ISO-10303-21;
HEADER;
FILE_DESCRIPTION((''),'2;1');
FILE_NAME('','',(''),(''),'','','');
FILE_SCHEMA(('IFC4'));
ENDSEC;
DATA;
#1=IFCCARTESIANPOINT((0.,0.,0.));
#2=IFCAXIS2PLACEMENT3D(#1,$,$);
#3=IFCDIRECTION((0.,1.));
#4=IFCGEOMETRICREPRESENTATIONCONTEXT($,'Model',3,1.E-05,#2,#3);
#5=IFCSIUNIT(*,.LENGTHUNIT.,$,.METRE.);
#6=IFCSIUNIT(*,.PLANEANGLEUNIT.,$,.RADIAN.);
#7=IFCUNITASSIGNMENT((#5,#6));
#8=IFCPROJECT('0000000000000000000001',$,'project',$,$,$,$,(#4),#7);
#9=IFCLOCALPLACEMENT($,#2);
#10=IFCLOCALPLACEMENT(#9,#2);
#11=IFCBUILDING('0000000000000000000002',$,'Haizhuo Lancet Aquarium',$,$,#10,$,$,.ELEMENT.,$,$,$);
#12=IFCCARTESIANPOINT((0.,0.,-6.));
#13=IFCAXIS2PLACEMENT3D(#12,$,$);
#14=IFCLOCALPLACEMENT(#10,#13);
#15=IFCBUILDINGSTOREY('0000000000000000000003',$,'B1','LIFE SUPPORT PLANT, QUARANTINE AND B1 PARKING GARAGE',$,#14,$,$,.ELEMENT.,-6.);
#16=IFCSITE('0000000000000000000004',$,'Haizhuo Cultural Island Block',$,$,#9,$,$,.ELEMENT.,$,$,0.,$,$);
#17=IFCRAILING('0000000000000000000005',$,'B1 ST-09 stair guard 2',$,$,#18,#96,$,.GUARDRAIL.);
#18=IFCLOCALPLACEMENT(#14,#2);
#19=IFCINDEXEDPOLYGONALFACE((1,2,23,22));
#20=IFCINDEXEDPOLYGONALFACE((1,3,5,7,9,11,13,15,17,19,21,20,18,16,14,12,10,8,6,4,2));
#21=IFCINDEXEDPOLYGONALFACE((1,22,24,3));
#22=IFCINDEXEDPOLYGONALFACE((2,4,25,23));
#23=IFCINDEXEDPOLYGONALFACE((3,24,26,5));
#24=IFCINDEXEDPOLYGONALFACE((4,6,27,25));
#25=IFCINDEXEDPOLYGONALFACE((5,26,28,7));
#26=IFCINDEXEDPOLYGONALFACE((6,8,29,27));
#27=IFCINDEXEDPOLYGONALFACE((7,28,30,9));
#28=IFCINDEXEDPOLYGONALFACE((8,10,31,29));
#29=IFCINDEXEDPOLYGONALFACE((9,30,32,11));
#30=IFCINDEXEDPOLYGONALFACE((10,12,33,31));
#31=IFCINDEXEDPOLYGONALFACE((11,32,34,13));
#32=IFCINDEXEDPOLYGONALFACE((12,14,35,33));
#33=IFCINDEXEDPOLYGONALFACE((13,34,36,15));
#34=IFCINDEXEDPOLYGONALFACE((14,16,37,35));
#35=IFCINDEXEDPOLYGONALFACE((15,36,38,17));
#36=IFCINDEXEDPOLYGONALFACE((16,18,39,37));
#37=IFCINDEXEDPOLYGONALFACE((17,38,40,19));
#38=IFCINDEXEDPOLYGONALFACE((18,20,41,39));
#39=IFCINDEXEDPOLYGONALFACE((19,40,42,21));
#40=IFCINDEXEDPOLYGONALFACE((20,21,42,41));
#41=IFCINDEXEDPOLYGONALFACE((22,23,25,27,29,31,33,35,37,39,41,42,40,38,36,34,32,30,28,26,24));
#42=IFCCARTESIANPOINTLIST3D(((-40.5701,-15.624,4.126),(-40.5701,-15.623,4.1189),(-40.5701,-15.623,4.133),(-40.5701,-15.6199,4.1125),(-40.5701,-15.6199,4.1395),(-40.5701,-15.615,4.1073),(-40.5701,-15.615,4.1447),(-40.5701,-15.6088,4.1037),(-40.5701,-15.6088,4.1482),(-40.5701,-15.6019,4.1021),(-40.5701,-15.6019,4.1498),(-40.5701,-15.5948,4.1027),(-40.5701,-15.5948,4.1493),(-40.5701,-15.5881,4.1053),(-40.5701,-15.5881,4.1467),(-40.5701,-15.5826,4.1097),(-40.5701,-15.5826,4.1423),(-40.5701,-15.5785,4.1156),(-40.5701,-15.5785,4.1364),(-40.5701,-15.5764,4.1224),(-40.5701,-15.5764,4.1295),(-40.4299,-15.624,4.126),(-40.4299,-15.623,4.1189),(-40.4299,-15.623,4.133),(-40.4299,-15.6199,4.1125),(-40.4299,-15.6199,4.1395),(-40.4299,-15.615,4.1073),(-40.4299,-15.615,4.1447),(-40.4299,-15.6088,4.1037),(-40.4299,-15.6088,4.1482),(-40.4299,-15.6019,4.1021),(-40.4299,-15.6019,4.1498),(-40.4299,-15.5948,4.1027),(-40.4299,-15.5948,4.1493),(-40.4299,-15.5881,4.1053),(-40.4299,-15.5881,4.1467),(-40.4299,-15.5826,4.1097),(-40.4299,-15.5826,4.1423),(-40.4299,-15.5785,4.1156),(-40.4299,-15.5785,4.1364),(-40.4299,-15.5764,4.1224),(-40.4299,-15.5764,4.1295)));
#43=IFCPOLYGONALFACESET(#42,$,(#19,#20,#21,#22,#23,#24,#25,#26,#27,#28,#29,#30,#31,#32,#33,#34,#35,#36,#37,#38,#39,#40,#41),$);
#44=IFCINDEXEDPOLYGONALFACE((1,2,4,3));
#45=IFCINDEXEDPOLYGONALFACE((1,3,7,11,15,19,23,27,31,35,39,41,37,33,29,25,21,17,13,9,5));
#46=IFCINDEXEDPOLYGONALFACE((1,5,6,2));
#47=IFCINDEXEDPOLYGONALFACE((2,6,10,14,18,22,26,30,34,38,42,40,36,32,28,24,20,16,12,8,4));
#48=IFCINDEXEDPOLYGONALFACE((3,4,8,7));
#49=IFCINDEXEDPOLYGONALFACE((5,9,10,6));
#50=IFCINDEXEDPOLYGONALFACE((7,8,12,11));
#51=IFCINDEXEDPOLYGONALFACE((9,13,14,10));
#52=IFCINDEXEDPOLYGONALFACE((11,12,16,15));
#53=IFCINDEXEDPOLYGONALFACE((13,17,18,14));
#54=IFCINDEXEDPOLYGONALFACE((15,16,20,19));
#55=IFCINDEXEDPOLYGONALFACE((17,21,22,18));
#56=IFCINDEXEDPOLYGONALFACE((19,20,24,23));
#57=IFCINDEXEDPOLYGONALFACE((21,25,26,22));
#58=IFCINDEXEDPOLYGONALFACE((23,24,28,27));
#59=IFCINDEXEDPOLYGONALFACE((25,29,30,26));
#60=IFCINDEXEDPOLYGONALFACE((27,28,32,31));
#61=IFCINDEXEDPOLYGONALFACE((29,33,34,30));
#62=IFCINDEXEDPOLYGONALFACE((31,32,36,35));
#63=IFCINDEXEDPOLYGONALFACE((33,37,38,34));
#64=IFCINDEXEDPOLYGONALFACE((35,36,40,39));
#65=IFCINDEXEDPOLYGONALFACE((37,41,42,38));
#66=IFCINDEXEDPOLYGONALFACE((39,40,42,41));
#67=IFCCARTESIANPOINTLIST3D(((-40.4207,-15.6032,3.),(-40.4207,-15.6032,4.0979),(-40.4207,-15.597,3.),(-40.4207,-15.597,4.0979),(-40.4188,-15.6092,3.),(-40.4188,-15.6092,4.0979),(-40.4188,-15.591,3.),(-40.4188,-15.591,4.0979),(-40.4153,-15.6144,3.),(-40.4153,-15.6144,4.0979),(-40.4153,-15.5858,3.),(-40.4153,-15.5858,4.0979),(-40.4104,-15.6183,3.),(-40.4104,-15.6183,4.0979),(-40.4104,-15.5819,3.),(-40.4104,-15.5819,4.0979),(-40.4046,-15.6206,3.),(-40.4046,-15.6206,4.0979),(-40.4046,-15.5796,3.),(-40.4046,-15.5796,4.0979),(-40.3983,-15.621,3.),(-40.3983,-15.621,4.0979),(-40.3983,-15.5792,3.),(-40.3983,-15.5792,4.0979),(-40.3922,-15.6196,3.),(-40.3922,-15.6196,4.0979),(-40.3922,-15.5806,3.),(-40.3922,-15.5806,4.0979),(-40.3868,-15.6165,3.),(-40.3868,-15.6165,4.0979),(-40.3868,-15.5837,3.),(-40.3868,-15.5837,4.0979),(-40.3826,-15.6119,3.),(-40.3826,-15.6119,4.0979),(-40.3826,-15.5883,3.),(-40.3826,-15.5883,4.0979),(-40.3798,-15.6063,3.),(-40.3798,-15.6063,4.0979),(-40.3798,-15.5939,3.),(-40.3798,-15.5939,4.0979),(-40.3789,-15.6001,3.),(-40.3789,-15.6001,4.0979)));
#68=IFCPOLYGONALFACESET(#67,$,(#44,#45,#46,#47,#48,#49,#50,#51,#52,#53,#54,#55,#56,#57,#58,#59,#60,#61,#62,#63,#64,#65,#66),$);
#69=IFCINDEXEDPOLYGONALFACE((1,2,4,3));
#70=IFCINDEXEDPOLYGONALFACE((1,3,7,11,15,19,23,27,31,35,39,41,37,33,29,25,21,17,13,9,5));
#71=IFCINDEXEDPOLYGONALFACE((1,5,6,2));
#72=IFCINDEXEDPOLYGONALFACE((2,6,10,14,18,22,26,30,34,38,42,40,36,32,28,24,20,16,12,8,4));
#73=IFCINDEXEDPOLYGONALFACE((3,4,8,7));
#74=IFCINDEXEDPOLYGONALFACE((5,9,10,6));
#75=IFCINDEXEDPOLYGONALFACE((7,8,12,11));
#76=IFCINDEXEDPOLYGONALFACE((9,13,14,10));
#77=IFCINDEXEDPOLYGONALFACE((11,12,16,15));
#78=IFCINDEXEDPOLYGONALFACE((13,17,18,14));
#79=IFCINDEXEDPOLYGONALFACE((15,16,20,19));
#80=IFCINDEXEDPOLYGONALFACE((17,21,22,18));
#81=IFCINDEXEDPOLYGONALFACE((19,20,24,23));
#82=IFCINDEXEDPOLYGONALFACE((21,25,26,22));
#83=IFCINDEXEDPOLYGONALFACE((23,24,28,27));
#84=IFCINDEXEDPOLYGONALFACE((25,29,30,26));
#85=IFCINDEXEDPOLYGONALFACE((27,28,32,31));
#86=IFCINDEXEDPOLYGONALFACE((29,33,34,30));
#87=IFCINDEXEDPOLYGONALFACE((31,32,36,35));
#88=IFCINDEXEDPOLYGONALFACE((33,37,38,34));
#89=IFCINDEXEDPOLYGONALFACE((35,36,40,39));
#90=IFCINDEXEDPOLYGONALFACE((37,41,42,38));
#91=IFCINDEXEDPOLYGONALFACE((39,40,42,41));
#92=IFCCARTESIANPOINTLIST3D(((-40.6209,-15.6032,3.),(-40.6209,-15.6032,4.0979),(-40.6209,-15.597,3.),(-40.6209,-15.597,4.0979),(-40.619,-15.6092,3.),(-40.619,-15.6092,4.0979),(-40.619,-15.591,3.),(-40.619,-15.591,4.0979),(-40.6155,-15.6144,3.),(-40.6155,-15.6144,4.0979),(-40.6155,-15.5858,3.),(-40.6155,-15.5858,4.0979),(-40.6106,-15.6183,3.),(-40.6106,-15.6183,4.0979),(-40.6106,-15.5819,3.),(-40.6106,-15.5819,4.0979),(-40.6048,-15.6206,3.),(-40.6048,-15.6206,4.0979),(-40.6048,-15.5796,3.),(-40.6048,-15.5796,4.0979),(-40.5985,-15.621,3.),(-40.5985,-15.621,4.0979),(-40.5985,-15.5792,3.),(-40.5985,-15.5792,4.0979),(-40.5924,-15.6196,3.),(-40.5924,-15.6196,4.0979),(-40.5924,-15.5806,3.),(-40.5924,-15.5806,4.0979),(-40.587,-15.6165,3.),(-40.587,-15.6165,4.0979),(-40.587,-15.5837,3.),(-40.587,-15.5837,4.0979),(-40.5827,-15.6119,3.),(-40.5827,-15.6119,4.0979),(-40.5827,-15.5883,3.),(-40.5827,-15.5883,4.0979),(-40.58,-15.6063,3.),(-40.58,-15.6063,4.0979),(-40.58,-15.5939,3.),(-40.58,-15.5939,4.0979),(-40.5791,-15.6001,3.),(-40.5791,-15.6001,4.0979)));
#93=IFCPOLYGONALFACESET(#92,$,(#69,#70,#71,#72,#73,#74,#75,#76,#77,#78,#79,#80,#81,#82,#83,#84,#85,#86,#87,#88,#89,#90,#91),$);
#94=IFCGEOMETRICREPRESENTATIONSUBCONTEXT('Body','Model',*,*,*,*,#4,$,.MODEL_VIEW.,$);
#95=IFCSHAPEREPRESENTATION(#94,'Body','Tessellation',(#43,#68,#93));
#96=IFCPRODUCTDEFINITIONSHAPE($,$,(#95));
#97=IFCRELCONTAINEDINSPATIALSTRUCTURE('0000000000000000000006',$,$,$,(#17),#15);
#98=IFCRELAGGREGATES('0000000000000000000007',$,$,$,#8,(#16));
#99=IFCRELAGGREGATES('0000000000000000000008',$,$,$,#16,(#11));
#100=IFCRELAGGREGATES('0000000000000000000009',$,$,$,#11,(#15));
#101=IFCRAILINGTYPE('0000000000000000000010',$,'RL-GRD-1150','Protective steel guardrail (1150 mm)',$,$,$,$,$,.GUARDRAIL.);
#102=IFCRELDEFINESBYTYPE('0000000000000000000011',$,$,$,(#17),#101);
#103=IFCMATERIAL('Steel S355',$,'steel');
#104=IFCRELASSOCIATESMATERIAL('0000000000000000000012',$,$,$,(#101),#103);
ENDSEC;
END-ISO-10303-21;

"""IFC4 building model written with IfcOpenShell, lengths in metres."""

from ifc_helpers import new_model, si_unit, direction, frame, origin, origin_2d, place, context, subcontext, project, spatial, circle, extrude, material, type_object, element, save


model = new_model("IFC4")

# Units and contexts
model_context = context("Model", 3, precision=1e-05, world=origin(), true_north=direction((0.0, 1.0)))
body_context = subcontext(model_context, "Body", "Model", "MODEL_VIEW")
ifc_project = project(units=[si_unit("LENGTHUNIT", "METRE"), si_unit("PLANEANGLEUNIT", "RADIAN")], contexts=[model_context])

# Site, building, storey
site_placement = place(None, origin())
site = spatial("IfcSite", under=ifc_project, at=site_placement, Name="Haizhuo Cultural Island Block", CompositionType="ELEMENT", RefElevation=0.0)
building_placement = place(site_placement, origin())
building = spatial("IfcBuilding", under=site, at=building_placement, Name="Haizhuo Lancet Aquarium", CompositionType="ELEMENT")
storey_placement = place(building_placement, frame((0.0, 0.0, -6.0)))
storey = spatial("IfcBuildingStorey", under=building, at=storey_placement, Name="B1", Description="LIFE SUPPORT PLANT, QUARANTINE AND B1 PARKING GARAGE", CompositionType="ELEMENT", Elevation=-6.0)

# Shared definitions
ifc_material_1 = material(Name="Steel S355", Category="steel")

# Railing
railing_type_1 = type_object("IfcRailingType", Name="RL-GRD-1150", Description="Protective steel guardrail (1150 mm)", PredefinedType="GUARDRAIL", material=ifc_material_1)
railing_1_placement = place(storey_placement, frame((-40.3999, -15.6001, 3.0)))
element("IfcRailing", 1, at=railing_1_placement, inside=storey, type_object=railing_type_1, Name="B1 ST-09 stair guard 2", PredefinedType="GUARDRAIL", context=body_context, shape_type="SweptSolid", body=[
    extrude(circle(Radius=0.0239, at=origin_2d()), frame((-0.03, 0.0, 1.126), z_axis=(-1.0, 0.0, 0.0), x_axis=(0.0, -1.0, 0.0)), (0.0, 0.0, 1.0), 0.1401),
    extrude(circle(Radius=0.021, at=origin_2d()), origin(), (0.0, 0.0, 1.0), 1.0979),
    extrude(circle(Radius=0.021, at=origin_2d()), frame((-0.2002, 0.0, 0.0)), (0.0, 0.0, 1.0), 1.0979),
])

save(model, "model.ifc")
